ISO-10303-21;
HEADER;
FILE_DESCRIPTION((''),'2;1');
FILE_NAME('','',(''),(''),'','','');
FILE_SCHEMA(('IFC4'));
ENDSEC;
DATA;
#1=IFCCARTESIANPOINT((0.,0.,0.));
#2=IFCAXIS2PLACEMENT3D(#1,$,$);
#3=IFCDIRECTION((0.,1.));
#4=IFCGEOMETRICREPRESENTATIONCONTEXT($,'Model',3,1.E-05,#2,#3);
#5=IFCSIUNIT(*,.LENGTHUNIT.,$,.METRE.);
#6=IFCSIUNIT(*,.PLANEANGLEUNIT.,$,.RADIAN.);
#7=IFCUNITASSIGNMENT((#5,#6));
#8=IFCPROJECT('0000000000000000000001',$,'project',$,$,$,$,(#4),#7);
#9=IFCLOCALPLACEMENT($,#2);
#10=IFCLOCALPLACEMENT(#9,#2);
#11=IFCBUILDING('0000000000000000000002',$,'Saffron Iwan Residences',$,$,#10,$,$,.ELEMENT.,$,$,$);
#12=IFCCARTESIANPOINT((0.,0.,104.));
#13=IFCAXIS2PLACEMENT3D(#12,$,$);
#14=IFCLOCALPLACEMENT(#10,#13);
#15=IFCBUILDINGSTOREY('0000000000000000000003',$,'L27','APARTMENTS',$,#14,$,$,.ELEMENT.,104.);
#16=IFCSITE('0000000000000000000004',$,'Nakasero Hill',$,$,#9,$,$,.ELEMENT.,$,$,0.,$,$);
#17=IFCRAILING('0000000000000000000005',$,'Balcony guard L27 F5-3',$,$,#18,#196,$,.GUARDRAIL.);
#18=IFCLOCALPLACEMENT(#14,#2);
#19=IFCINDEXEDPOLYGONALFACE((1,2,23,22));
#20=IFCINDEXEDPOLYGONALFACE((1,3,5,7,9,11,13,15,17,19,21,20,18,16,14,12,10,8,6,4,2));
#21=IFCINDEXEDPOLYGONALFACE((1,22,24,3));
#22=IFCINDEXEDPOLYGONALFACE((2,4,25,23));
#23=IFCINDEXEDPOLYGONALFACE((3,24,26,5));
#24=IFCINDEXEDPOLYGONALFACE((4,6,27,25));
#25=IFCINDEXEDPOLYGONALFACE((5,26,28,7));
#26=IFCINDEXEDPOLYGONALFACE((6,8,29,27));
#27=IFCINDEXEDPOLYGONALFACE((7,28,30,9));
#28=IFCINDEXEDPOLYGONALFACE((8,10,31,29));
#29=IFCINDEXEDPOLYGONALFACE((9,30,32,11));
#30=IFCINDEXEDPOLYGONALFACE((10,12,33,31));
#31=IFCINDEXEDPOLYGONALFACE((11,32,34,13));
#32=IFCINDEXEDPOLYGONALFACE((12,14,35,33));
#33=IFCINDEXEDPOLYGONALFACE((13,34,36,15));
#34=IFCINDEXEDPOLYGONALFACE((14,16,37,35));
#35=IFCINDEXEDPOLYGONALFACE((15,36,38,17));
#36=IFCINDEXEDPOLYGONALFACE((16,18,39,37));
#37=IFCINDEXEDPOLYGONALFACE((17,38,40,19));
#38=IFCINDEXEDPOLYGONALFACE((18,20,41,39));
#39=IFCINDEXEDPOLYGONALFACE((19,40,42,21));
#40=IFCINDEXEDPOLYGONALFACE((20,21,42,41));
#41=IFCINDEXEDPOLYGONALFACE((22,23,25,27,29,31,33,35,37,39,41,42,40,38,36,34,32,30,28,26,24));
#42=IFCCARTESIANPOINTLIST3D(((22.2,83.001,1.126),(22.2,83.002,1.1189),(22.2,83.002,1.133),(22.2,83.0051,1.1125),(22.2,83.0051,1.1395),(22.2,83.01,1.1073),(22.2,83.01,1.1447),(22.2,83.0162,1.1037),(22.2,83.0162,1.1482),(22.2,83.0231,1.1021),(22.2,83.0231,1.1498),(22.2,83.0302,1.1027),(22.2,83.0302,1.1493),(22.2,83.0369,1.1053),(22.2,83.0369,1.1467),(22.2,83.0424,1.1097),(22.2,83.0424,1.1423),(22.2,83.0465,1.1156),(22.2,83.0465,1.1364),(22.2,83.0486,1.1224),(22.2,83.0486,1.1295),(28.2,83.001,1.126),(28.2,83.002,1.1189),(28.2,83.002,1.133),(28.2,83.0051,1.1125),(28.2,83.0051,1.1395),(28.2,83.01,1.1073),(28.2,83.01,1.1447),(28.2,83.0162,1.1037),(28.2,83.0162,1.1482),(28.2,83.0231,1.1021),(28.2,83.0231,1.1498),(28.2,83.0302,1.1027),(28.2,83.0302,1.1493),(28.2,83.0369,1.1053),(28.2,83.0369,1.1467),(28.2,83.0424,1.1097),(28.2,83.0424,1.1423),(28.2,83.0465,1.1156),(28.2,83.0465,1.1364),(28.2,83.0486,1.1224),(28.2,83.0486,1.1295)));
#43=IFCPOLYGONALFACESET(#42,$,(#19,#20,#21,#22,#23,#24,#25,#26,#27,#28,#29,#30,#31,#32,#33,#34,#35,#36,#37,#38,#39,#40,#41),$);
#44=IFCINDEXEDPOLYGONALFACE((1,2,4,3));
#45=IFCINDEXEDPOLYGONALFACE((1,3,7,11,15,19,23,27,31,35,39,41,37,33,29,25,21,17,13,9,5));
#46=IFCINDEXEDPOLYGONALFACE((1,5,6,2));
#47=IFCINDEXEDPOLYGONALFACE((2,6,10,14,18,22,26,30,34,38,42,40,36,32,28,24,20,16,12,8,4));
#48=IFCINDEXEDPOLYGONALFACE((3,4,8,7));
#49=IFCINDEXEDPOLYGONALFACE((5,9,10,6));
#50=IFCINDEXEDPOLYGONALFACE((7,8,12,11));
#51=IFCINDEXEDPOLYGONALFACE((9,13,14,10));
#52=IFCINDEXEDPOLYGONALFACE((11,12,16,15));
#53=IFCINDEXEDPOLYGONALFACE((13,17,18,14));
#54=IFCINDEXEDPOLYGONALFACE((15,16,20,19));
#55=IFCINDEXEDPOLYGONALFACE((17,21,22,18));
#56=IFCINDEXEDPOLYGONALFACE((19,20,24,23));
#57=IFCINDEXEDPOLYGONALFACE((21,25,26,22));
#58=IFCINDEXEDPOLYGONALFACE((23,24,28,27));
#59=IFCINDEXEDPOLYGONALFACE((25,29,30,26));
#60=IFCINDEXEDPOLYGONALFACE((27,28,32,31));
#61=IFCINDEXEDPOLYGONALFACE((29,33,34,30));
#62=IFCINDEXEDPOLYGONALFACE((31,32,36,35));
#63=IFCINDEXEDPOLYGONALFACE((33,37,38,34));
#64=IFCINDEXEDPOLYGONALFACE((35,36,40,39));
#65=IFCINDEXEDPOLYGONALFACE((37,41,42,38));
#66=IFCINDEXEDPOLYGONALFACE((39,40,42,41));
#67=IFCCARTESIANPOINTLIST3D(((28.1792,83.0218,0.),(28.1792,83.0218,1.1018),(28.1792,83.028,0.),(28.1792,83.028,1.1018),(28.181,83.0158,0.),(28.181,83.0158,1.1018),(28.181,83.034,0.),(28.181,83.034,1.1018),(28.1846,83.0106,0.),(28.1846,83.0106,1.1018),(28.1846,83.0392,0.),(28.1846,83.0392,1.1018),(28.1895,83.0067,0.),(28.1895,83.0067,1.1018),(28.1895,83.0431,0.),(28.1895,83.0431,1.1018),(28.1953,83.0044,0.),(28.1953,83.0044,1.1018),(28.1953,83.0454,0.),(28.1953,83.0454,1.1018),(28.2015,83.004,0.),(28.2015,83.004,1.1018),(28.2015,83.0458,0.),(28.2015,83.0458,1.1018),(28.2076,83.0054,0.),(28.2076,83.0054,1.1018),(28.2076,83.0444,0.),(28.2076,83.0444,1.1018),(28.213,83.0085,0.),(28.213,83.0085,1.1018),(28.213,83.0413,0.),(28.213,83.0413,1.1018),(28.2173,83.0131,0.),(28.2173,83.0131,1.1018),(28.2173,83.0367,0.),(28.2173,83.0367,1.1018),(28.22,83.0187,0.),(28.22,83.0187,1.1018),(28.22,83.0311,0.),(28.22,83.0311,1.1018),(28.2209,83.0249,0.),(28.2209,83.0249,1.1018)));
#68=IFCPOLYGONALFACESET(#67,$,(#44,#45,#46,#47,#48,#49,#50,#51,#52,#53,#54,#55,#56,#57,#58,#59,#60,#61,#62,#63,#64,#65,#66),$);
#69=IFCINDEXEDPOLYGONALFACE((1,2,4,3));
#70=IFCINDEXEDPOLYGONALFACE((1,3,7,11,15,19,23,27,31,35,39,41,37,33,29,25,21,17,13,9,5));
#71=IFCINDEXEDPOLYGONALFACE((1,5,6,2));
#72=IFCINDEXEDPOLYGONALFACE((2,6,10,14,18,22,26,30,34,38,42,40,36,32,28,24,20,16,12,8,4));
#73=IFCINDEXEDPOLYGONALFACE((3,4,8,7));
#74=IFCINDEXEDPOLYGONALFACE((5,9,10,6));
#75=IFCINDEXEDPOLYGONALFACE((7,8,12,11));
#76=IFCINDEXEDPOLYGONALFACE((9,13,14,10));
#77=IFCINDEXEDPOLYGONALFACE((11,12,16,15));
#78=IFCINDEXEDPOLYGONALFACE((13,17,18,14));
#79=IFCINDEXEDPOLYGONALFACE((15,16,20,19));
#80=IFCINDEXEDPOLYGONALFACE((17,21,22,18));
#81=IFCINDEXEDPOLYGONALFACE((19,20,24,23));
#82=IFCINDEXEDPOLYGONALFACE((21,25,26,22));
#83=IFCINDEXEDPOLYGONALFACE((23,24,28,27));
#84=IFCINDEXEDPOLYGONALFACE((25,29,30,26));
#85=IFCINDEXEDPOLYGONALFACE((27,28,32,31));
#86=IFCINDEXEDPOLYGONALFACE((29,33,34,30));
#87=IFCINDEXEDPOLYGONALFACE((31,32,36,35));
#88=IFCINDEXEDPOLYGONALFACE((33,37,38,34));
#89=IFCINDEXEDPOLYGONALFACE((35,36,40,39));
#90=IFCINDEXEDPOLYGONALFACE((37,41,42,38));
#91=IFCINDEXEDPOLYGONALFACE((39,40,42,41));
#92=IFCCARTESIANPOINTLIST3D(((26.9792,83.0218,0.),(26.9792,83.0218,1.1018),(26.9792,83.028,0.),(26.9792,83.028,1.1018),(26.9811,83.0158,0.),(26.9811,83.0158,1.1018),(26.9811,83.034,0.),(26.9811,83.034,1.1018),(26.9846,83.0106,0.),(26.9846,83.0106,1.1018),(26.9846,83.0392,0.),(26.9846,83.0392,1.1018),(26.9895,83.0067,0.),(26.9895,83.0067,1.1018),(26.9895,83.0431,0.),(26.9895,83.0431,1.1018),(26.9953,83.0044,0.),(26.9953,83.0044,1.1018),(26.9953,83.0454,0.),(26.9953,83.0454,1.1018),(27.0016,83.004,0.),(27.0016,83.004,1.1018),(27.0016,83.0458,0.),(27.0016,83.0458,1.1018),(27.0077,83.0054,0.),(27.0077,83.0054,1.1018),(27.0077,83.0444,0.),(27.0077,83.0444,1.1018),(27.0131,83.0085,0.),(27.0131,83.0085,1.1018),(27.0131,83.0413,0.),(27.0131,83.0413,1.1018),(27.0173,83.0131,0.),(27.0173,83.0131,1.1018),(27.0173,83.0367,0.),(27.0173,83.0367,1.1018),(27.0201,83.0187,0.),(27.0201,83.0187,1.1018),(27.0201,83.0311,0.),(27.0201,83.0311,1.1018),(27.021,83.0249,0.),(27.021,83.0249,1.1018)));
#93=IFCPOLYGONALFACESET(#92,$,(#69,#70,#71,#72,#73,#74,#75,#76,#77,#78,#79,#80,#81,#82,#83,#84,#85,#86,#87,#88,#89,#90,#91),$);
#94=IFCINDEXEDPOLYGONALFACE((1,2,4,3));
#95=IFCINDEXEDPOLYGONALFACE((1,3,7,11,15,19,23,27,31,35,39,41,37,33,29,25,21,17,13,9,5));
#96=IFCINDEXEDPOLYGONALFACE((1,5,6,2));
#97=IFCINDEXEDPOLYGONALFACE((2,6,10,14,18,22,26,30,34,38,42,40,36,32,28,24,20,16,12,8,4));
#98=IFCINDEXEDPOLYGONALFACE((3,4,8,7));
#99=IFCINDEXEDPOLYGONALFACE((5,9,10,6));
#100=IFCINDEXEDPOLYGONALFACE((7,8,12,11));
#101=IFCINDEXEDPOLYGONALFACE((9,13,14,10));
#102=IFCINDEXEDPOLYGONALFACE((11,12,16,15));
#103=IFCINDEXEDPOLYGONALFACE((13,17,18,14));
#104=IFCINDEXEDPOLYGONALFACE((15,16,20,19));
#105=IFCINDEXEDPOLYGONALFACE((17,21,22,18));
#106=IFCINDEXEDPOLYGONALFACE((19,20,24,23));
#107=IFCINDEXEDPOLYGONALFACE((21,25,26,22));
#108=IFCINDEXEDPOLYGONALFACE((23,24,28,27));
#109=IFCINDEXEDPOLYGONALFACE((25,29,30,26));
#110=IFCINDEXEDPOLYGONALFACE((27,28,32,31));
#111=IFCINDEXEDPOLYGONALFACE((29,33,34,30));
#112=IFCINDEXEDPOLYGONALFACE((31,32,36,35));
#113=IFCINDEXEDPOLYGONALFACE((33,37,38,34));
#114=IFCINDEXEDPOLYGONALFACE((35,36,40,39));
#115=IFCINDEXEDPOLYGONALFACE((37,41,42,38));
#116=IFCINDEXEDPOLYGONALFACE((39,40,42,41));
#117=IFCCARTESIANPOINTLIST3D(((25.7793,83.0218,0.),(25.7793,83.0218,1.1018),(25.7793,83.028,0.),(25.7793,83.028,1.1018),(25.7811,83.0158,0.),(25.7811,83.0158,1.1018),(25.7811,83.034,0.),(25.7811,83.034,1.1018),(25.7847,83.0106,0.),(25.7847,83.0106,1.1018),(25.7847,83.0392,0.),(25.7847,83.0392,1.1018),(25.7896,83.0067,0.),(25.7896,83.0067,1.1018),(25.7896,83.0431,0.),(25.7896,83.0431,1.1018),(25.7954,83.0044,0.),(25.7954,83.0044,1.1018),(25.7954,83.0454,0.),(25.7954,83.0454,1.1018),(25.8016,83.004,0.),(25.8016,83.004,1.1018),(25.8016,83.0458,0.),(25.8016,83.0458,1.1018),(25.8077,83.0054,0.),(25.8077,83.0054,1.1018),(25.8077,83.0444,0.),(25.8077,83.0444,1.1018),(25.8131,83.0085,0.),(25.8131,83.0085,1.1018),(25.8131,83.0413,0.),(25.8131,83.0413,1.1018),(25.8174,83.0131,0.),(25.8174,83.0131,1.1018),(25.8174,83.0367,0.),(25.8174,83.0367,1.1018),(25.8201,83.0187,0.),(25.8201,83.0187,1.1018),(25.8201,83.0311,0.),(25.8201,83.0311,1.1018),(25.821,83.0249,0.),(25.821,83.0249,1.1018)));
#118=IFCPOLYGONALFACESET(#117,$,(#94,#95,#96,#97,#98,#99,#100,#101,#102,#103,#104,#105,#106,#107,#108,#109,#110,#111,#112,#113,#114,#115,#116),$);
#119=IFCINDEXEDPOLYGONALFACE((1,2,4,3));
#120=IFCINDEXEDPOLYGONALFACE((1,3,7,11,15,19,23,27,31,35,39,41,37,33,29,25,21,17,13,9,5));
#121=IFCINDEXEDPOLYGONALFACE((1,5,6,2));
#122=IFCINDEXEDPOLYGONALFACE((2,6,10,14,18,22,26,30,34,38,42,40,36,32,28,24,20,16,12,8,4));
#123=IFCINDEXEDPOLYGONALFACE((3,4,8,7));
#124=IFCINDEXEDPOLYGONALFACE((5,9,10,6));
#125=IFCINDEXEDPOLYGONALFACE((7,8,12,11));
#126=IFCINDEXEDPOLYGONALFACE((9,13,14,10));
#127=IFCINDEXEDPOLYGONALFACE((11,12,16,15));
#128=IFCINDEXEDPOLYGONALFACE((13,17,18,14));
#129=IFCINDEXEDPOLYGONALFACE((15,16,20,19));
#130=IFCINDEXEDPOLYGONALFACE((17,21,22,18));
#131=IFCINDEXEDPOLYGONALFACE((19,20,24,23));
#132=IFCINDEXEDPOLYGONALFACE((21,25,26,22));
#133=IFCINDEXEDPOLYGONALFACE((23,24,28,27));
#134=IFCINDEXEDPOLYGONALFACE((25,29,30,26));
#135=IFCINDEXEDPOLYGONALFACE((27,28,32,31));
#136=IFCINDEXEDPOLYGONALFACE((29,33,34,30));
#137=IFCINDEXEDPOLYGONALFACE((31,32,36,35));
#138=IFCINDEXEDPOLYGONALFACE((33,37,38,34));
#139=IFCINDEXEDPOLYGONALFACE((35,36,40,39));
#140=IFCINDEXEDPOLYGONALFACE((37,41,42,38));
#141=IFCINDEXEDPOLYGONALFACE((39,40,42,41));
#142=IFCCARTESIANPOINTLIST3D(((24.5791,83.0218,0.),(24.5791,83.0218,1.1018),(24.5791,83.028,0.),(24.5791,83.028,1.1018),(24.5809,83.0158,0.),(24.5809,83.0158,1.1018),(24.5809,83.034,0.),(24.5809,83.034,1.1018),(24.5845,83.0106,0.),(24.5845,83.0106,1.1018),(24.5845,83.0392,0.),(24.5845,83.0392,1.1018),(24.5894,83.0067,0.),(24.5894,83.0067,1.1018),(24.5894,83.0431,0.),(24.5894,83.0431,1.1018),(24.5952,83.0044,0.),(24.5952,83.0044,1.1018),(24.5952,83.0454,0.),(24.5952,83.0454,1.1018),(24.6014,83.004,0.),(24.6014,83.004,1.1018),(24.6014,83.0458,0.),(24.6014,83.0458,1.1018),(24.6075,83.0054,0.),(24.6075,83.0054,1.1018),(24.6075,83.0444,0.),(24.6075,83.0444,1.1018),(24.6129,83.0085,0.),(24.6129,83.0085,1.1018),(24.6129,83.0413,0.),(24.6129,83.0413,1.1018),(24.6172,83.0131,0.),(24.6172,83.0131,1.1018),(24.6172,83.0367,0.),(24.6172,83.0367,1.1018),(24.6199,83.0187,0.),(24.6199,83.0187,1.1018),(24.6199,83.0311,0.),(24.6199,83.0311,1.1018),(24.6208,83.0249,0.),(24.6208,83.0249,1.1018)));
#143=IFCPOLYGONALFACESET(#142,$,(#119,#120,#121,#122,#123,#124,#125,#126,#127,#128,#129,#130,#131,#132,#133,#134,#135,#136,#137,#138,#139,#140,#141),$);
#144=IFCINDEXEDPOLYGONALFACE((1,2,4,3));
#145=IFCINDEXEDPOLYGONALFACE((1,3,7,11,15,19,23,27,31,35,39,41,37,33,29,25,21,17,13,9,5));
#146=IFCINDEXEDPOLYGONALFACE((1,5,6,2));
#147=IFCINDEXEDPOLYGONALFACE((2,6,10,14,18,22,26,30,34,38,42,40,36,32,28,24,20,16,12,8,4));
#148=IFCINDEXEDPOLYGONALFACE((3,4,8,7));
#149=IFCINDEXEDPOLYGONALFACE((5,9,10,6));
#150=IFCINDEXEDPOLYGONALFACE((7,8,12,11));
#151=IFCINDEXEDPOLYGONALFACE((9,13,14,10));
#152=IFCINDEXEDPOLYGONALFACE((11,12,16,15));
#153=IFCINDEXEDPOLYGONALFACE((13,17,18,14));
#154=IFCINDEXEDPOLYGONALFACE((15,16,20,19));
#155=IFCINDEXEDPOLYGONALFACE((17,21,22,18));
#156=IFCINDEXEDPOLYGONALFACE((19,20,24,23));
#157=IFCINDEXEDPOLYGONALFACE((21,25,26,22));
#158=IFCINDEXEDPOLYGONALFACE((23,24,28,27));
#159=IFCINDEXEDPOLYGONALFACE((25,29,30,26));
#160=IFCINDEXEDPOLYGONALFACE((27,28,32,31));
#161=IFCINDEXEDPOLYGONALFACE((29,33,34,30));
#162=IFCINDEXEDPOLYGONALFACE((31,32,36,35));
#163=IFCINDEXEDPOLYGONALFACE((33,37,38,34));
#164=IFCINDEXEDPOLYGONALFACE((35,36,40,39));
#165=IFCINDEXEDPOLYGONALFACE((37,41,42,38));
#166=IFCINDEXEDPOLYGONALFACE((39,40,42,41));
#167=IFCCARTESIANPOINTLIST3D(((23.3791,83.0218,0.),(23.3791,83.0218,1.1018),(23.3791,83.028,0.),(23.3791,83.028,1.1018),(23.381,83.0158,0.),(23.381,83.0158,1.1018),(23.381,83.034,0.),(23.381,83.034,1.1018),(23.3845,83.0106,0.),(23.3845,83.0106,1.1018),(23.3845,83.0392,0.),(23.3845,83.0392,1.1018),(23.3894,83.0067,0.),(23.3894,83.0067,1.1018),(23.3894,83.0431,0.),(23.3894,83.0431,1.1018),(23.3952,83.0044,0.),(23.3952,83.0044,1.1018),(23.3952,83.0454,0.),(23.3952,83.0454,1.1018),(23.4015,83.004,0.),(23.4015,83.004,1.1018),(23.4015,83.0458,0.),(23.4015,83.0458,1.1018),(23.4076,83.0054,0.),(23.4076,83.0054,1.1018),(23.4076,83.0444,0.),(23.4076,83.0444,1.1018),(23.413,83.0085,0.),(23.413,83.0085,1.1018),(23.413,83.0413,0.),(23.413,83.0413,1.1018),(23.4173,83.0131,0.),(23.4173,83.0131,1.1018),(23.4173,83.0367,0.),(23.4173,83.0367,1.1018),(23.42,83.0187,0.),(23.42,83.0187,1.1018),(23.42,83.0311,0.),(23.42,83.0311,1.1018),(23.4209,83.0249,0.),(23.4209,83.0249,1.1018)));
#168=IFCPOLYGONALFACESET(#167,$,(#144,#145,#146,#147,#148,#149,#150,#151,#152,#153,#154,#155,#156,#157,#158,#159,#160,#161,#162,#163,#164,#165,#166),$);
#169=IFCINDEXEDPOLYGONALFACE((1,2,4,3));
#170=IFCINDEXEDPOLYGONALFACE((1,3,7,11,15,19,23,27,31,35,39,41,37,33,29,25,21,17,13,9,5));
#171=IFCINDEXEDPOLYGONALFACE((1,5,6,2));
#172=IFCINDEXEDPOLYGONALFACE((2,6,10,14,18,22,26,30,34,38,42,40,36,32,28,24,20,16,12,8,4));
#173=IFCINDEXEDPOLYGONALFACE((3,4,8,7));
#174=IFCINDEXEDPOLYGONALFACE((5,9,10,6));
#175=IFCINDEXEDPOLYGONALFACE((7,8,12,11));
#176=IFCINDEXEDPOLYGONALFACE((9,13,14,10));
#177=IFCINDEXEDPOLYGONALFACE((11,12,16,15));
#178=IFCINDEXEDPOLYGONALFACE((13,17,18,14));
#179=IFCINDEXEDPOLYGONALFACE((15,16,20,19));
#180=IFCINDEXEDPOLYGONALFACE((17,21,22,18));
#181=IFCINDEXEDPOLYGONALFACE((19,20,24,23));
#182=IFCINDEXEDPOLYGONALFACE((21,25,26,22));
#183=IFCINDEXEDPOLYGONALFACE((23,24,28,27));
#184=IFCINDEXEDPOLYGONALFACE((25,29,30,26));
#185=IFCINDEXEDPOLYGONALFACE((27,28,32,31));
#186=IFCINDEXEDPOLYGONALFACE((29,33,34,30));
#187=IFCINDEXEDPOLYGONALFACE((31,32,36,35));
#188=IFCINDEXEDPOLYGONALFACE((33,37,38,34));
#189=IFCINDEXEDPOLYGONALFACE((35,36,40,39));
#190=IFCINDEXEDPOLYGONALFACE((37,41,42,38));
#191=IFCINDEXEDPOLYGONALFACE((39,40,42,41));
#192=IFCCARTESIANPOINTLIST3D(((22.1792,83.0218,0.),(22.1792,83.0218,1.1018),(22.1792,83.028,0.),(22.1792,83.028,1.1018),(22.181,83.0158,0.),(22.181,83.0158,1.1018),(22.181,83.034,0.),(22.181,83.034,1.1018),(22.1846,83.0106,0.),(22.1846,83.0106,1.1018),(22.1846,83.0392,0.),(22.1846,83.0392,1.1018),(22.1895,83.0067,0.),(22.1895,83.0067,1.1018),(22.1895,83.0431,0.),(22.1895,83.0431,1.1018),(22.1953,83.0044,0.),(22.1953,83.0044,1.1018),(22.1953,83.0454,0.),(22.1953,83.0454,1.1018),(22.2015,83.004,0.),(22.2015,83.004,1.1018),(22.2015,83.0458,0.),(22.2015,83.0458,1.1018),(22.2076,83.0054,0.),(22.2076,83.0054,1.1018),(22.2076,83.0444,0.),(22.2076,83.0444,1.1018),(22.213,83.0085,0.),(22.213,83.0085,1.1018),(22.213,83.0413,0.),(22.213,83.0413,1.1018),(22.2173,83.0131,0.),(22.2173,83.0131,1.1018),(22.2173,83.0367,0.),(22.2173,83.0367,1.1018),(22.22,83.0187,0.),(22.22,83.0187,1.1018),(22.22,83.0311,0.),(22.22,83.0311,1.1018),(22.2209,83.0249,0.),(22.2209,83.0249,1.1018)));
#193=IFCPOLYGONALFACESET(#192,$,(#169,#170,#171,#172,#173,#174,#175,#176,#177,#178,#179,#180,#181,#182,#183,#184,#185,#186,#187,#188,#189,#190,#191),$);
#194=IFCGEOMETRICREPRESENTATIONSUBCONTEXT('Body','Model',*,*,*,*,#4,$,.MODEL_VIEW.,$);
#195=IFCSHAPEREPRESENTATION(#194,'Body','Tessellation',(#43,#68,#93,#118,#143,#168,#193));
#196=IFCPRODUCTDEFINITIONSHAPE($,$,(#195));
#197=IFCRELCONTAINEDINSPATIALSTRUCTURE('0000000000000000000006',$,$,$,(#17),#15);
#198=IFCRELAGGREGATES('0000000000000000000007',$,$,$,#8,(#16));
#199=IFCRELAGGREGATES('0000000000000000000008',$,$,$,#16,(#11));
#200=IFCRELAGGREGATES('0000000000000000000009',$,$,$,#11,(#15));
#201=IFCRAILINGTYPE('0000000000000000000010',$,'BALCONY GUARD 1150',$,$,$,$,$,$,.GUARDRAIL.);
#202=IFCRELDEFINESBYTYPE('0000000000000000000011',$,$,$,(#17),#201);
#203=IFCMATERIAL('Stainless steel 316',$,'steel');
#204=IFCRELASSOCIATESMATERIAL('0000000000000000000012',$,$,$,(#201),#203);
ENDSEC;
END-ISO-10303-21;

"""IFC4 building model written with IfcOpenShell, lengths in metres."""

from ifc_helpers import new_model, si_unit, direction, frame, origin, origin_2d, place, context, subcontext, project, spatial, circle, extrude, material, type_object, element, save


model = new_model("IFC4")

# Units and contexts
model_context = context("Model", 3, precision=1e-05, world=origin(), true_north=direction((0.0, 1.0)))
body_context = subcontext(model_context, "Body", "Model", "MODEL_VIEW")
ifc_project = project(units=[si_unit("LENGTHUNIT", "METRE"), si_unit("PLANEANGLEUNIT", "RADIAN")], contexts=[model_context])

# Site, building, storey
site_placement = place(None, origin())
site = spatial("IfcSite", under=ifc_project, at=site_placement, Name="Nakasero Hill", CompositionType="ELEMENT", RefElevation=0.0)
building_placement = place(site_placement, origin())
building = spatial("IfcBuilding", under=site, at=building_placement, Name="Saffron Iwan Residences", CompositionType="ELEMENT")
storey_placement = place(building_placement, frame((0.0, 0.0, 104.0)))
storey = spatial("IfcBuildingStorey", under=building, at=storey_placement, Name="L27", Description="APARTMENTS", CompositionType="ELEMENT", Elevation=104.0)

# Railing
ifc_material_1 = material(Name="Stainless steel 316", Category="steel")
railing_type_1 = type_object("IfcRailingType", Name="BALCONY GUARD 1150", PredefinedType="GUARDRAIL", material=ifc_material_1)
railing_1_placement = place(storey_placement, frame((28.2, 83.0249, 0.0)))
element("IfcRailing", 1, at=railing_1_placement, inside=storey, type_object=railing_type_1, Name="Balcony guard L27 F5-3", PredefinedType="GUARDRAIL", context=body_context, shape_type="SweptSolid", body=[
    extrude(circle(Radius=0.0239, at=origin_2d()), frame((0.0, 0.0, 1.126), z_axis=(-1.0, 0.0, 0.0), x_axis=(0.0, -1.0, 0.0)), (0.0, 0.0, 1.0), 6.0),
    extrude(circle(Radius=0.021, at=origin_2d()), origin(), (0.0, 0.0, 1.0), 1.1018),
    extrude(circle(Radius=0.021, at=origin_2d()), frame((-1.2, 0.0, 0.0)), (0.0, 0.0, 1.0), 1.1018),
    extrude(circle(Radius=0.021, at=origin_2d()), frame((-2.3999, 0.0, 0.0)), (0.0, 0.0, 1.0), 1.1018),
    extrude(circle(Radius=0.021, at=origin_2d()), frame((-3.6001, 0.0, 0.0)), (0.0, 0.0, 1.0), 1.1018),
    extrude(circle(Radius=0.021, at=origin_2d()), frame((-4.8, 0.0, 0.0)), (0.0, 0.0, 1.0), 1.1018),
    extrude(circle(Radius=0.021, at=origin_2d()), frame((-6.0, 0.0, 0.0)), (0.0, 0.0, 1.0), 1.1018),
])

save(model, "model.ifc")
